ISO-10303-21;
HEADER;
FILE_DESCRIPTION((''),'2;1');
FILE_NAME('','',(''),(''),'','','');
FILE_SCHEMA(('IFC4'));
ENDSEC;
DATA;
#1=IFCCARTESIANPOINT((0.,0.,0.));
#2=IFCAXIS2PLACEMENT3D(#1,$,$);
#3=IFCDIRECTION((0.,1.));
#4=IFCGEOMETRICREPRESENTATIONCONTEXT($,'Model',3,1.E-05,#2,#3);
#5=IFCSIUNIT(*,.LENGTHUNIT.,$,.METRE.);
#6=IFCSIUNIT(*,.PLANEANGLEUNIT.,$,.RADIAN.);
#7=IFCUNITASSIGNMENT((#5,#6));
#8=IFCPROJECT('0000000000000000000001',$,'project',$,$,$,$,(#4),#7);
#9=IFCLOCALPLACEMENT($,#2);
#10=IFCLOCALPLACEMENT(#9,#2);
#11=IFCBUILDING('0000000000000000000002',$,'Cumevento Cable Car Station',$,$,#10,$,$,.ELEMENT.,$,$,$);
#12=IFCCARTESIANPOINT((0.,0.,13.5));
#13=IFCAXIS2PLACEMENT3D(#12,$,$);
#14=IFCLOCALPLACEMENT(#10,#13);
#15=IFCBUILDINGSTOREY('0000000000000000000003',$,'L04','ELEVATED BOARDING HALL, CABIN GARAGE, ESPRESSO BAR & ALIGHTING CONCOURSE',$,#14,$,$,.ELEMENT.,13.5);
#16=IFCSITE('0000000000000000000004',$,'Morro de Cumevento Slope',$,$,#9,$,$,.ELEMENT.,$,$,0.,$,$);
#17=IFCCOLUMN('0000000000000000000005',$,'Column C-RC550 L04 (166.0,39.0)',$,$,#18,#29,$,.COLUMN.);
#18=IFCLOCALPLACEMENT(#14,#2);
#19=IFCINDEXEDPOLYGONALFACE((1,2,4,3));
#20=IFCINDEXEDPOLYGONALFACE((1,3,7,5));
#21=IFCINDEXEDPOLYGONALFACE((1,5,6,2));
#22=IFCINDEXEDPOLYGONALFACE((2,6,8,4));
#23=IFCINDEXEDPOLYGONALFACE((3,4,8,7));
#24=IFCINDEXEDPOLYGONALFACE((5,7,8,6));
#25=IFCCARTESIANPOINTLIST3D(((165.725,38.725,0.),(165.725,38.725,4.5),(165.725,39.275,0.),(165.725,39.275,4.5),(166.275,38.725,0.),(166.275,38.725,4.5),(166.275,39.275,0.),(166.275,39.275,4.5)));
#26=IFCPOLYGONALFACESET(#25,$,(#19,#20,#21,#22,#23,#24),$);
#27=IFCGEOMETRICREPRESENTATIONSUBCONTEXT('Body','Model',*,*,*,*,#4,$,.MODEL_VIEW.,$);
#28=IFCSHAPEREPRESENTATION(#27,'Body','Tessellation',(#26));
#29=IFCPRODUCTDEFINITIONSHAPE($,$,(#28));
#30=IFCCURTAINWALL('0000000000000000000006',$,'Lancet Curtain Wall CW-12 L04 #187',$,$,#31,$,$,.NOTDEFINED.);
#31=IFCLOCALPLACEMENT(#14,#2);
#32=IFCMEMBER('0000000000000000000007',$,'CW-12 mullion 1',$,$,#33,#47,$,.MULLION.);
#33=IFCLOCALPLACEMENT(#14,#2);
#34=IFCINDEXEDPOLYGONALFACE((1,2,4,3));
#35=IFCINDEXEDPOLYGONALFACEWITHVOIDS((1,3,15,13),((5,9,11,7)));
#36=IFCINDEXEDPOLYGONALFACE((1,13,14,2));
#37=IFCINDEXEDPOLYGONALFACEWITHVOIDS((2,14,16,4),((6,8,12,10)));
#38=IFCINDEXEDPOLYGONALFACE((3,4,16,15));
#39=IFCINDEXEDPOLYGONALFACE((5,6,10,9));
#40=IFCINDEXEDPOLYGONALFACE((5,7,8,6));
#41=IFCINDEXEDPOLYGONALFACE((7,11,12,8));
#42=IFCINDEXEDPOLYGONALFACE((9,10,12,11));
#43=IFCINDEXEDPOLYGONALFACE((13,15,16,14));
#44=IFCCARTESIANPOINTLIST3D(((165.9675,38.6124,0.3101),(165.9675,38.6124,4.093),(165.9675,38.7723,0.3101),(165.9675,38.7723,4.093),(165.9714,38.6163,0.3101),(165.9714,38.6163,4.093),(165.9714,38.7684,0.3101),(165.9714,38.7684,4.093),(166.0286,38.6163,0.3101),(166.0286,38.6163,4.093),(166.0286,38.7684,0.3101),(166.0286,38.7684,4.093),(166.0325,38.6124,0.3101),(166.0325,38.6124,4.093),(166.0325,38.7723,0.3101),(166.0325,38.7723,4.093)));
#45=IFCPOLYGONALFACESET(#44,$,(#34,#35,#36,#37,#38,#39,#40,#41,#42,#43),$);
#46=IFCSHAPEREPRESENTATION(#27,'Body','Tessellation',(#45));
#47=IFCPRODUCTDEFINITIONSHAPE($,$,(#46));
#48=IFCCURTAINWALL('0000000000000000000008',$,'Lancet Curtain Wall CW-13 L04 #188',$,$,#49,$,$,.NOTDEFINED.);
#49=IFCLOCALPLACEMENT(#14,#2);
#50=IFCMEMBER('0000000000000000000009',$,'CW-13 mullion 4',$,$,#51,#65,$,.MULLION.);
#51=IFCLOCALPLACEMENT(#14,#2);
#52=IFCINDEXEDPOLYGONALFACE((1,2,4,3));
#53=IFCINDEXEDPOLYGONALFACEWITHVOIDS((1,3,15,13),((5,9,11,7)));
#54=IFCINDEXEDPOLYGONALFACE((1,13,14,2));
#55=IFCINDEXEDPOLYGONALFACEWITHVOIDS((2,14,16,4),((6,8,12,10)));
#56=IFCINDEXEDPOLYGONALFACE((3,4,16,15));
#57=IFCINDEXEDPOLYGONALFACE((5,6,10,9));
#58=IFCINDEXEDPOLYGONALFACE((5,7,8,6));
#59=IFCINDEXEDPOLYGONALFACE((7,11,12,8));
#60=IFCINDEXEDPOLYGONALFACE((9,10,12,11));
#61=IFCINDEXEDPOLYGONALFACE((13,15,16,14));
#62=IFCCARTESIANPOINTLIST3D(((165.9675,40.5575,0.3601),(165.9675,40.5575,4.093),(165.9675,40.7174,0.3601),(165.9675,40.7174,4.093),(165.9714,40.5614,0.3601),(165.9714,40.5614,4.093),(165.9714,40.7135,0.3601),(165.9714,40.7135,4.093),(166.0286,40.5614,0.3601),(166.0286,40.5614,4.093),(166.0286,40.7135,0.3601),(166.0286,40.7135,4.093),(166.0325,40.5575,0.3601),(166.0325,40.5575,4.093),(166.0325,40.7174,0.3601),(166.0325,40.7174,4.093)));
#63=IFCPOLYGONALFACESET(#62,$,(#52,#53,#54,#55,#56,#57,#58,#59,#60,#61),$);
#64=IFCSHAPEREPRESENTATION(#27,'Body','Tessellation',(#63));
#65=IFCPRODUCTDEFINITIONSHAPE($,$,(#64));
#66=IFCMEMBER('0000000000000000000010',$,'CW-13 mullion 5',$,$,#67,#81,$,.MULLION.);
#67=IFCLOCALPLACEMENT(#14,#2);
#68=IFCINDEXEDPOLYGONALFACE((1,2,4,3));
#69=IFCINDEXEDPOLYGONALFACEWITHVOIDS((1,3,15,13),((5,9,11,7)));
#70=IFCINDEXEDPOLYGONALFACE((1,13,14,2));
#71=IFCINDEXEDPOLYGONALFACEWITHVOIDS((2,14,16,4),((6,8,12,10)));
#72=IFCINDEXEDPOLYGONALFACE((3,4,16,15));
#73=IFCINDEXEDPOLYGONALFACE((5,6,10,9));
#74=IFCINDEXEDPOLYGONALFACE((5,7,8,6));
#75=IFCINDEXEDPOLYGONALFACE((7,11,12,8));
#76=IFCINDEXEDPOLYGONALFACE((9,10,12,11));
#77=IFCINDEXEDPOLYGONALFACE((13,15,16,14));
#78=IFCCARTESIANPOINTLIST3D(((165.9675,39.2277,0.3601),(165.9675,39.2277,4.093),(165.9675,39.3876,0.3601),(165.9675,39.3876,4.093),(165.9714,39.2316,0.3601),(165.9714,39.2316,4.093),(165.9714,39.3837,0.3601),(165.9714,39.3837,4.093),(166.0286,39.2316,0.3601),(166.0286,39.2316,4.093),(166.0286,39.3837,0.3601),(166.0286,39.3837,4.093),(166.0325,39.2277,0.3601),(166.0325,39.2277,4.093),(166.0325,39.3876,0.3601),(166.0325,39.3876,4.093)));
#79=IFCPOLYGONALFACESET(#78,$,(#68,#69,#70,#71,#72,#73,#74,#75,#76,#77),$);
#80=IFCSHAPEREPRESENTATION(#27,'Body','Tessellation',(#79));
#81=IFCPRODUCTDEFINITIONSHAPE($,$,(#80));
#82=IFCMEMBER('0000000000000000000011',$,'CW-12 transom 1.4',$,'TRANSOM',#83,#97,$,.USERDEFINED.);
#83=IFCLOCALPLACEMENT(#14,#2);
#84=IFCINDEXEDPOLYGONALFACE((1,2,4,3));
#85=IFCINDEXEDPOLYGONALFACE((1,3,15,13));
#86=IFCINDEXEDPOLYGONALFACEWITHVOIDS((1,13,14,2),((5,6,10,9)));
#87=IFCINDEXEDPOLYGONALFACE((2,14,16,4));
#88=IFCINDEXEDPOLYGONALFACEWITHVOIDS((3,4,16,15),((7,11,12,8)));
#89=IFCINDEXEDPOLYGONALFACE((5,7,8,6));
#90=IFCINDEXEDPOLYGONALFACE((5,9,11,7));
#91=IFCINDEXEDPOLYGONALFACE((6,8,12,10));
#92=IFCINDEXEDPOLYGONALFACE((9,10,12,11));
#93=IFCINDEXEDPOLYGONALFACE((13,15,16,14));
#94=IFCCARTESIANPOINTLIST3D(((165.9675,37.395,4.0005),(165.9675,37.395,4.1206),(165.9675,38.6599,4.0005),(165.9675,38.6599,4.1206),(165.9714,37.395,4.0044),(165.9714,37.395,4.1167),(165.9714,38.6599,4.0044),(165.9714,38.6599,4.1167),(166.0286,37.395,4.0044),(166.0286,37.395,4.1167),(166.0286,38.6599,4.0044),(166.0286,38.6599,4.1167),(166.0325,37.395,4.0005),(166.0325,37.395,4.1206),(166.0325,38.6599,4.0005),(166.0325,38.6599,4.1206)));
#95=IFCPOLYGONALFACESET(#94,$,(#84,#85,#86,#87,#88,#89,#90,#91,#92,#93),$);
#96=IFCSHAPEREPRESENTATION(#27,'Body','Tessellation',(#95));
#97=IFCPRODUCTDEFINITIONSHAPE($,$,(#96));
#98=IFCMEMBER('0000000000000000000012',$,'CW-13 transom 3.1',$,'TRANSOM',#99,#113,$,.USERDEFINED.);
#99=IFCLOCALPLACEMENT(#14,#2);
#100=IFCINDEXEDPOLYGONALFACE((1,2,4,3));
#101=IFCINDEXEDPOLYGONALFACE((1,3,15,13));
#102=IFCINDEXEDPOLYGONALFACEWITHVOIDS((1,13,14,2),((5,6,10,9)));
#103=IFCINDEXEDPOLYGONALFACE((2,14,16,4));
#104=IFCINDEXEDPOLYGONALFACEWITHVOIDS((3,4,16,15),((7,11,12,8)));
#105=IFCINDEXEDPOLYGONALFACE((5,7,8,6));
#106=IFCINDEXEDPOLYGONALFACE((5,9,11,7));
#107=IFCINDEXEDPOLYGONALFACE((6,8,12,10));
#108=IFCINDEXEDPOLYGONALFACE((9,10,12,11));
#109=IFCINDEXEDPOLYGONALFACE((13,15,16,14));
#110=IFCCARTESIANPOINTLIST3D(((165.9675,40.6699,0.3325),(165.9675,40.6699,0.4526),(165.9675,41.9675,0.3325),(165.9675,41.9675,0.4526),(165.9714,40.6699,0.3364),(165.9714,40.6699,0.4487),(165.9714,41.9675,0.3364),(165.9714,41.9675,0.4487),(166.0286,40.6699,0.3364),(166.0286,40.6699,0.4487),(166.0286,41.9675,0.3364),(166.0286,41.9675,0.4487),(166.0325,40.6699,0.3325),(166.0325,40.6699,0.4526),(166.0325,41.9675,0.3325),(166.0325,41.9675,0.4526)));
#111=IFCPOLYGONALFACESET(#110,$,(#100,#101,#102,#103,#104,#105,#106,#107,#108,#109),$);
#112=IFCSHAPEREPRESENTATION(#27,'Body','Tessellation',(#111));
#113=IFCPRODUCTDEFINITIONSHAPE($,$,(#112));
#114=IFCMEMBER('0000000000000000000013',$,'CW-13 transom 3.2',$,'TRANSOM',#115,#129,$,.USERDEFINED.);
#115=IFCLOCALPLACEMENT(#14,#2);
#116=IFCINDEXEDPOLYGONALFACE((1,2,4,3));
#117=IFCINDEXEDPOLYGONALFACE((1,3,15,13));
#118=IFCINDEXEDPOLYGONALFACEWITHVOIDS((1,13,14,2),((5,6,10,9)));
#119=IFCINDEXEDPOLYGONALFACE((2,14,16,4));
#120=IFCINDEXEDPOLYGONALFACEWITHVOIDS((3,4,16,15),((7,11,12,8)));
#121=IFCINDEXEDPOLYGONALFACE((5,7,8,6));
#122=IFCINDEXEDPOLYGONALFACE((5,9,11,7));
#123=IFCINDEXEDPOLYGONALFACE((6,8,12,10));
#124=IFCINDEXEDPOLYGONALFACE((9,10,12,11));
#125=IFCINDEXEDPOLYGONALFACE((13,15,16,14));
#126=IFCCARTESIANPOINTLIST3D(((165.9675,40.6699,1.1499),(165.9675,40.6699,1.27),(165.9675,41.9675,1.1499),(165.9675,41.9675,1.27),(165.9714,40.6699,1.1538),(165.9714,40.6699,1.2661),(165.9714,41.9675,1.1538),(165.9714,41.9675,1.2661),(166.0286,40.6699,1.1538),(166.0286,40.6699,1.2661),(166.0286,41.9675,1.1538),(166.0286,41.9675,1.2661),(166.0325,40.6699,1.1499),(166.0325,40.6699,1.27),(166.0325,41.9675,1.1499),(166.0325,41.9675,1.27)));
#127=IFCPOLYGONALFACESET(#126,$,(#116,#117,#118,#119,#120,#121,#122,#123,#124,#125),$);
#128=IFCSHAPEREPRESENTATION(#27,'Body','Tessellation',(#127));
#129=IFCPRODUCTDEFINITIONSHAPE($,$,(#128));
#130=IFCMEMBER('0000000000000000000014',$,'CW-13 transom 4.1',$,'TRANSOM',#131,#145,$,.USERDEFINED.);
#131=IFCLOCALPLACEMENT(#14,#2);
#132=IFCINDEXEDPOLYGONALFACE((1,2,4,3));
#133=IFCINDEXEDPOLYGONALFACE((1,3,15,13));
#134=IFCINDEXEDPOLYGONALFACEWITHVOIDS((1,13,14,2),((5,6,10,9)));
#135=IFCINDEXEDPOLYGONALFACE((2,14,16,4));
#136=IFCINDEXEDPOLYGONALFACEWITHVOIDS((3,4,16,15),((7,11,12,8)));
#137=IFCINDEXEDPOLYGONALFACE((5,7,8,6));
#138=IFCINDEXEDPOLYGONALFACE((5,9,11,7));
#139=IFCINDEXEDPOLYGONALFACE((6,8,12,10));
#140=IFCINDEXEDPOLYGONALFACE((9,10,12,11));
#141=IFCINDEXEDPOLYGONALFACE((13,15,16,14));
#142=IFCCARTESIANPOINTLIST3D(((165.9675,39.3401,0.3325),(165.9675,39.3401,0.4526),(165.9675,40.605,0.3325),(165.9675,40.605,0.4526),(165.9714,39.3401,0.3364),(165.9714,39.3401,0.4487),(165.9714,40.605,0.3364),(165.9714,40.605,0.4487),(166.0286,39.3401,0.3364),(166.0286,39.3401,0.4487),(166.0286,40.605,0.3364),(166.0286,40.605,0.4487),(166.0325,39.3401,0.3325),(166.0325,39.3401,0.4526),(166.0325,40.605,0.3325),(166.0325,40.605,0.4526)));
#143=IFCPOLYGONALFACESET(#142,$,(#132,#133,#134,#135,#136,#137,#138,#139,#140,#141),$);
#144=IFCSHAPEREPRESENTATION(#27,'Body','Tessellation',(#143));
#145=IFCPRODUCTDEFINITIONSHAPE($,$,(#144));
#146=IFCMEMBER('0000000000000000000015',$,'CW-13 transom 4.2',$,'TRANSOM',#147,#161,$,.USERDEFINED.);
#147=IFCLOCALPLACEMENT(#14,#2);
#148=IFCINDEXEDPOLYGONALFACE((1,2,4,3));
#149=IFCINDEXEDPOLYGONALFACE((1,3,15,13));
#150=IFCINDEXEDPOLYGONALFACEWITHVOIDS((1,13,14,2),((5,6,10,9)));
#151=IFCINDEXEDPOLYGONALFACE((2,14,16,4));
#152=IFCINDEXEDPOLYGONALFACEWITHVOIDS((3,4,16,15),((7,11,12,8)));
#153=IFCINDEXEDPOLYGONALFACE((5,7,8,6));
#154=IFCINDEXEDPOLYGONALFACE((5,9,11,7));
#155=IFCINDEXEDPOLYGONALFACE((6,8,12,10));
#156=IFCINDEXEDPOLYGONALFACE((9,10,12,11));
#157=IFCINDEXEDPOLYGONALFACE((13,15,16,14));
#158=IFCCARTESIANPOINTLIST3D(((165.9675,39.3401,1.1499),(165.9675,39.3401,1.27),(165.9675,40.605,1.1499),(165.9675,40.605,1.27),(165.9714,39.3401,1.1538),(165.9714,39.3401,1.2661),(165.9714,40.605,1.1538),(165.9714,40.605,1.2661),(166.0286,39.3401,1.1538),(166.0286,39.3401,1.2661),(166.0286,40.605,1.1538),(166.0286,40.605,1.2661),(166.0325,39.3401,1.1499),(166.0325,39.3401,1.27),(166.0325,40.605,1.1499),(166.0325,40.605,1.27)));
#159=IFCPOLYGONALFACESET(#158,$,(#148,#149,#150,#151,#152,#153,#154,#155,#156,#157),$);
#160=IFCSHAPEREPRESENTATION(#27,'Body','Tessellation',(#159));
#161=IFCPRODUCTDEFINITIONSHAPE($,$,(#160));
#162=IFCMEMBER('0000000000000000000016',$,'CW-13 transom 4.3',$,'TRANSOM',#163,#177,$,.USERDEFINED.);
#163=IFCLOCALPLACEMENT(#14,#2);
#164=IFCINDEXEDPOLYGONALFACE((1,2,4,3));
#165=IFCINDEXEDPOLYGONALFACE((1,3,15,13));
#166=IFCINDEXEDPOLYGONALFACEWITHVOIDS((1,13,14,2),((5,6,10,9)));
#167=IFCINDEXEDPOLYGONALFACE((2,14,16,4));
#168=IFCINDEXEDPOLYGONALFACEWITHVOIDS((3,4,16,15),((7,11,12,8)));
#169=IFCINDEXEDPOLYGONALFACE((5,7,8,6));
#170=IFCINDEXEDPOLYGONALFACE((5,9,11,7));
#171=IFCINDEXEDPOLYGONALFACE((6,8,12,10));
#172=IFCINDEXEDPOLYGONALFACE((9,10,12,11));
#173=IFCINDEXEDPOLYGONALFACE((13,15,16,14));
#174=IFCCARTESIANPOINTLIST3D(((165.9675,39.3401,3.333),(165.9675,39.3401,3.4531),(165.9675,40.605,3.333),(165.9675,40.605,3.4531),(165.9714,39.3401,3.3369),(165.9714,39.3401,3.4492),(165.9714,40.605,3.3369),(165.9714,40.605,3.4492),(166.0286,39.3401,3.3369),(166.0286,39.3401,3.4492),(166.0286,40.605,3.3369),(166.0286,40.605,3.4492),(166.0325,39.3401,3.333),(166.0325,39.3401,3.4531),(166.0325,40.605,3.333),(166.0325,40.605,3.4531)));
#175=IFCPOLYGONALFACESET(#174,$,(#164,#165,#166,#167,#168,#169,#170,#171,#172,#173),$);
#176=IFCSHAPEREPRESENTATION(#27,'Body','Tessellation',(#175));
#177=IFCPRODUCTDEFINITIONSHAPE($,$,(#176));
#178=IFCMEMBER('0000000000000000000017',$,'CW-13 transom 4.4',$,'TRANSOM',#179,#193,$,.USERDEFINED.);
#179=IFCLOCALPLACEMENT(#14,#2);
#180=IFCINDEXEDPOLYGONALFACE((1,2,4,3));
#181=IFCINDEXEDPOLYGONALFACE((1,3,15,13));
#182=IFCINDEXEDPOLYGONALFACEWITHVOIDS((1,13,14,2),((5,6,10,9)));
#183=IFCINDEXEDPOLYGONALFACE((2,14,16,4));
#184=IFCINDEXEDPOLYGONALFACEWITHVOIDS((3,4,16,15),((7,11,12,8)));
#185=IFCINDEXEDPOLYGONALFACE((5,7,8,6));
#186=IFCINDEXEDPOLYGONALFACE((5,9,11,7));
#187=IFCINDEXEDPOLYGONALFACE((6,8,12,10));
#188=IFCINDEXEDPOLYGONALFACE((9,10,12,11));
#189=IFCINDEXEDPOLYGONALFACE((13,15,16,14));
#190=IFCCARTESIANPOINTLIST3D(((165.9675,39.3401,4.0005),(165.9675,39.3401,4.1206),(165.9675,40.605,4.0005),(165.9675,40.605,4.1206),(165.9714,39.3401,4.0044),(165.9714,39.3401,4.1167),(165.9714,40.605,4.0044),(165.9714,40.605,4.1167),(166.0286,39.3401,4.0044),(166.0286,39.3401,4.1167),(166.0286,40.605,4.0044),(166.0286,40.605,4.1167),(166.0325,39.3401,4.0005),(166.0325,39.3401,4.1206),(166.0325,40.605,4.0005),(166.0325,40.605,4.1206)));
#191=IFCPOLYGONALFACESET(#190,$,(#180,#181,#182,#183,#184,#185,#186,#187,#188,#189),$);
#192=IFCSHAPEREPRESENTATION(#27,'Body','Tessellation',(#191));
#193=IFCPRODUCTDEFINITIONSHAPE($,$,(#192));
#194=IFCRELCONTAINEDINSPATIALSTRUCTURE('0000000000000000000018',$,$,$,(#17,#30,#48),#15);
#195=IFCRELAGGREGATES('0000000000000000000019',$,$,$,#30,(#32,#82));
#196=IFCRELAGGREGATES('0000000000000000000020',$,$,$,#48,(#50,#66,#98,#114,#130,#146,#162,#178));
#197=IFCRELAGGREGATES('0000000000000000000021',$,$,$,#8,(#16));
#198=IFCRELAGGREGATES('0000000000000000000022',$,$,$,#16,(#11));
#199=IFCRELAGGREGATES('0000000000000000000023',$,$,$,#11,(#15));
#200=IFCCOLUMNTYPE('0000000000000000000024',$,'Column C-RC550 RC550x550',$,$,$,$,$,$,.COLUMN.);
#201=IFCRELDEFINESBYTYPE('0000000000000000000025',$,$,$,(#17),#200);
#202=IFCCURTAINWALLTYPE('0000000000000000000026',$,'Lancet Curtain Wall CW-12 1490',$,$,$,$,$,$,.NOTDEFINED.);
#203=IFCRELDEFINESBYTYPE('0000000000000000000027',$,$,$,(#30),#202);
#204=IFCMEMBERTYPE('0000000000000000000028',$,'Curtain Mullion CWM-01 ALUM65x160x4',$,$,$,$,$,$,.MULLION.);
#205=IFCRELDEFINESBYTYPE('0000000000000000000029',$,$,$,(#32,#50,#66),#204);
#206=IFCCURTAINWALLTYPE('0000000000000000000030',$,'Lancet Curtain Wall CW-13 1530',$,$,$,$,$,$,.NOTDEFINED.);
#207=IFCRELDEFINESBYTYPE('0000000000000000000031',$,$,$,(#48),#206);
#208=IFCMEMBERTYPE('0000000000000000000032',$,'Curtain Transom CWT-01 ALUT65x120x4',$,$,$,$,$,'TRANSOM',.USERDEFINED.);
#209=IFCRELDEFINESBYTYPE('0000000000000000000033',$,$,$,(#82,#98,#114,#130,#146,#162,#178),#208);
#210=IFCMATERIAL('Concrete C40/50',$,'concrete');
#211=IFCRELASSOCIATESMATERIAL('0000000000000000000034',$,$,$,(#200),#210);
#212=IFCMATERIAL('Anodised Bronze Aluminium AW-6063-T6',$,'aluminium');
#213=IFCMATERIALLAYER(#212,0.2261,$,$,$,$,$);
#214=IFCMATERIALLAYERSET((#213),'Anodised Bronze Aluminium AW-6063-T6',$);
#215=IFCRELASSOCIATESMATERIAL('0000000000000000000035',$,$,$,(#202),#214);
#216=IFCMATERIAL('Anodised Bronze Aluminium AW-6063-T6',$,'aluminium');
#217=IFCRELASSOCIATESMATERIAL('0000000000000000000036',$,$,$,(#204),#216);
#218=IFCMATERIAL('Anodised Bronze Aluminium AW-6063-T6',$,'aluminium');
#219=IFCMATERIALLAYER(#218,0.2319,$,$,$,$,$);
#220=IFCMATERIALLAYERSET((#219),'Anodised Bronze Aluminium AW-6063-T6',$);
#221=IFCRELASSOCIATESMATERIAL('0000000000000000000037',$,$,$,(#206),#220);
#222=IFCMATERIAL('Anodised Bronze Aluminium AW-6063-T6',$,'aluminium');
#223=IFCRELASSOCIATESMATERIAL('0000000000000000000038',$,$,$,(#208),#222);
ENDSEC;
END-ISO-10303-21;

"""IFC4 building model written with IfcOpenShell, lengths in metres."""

from ifc_helpers import new_model, si_unit, direction, frame, origin, origin_2d, place, context, subcontext, project, spatial, rectangle, hollow_rectangle, extrude, material, layer, layer_set, material_profile, profile_set, type_object, element, aggregate, save


model = new_model("IFC4")

# Units and contexts
model_context = context("Model", 3, precision=1e-05, world=origin(), true_north=direction((0.0, 1.0)))
body_context = subcontext(model_context, "Body", "Model", "MODEL_VIEW")
ifc_project = project(units=[si_unit("LENGTHUNIT", "METRE"), si_unit("PLANEANGLEUNIT", "RADIAN")], contexts=[model_context])

# Site, building, storey
site_placement = place(None, origin())
site = spatial("IfcSite", under=ifc_project, at=site_placement, Name="Morro de Cumevento Slope", CompositionType="ELEMENT", RefElevation=0.0)
building_placement = place(site_placement, origin())
building = spatial("IfcBuilding", under=site, at=building_placement, Name="Cumevento Cable Car Station", CompositionType="ELEMENT")
storey_placement = place(building_placement, frame((0.0, 0.0, 13.5)))
storey = spatial("IfcBuildingStorey", under=building, at=storey_placement, Name="L04", Description="ELEVATED BOARDING HALL, CABIN GARAGE, ESPRESSO BAR & ALIGHTING CONCOURSE", CompositionType="ELEMENT", Elevation=13.5)

# Column
ifc_material_1 = material(Name="Concrete C40/50", Category="concrete")
ifc_material_profile_1 = material_profile(ifc_material_1, rectangle(XDim=0.55, YDim=0.55, at=origin_2d()), Name="RC550x550")
ifc_profile_set_1 = profile_set([ifc_material_profile_1], Name="Concrete C40/50")
column_type = type_object("IfcColumnType", Name="Column C-RC550 RC550x550", PredefinedType="COLUMN", material=ifc_profile_set_1)
column_placement = place(storey_placement, frame((166.0, 39.0, 0.0), z_axis=(0.0, 0.0, 1.0), x_axis=(1.0, 0.0, 0.0)))
element("IfcColumn", 1, at=column_placement, inside=storey, type_object=column_type, Name="Column C-RC550 L04 (166.0,39.0)", PredefinedType="COLUMN", context=body_context, shape_type="SweptSolid", body=[
    extrude(rectangle(XDim=0.55, YDim=0.55, at=origin_2d()), origin(), (0.0, 0.0, 1.0), 4.5),
])

# Curtain wall, member
ifc_material_2 = material(Name="Anodised Bronze Aluminium AW-6063-T6", Category="aluminium")
ifc_layer_1 = layer(ifc_material_2, 0.2261)
ifc_layer_set_1 = layer_set([ifc_layer_1], Name="Anodised Bronze Aluminium AW-6063-T6")
curtain_wall_type_1 = type_object("IfcCurtainWallType", Name="Lancet Curtain Wall CW-12 1490", PredefinedType="NOTDEFINED", material=ifc_layer_set_1)
curtain_wall_1_placement = place(storey_placement, origin())
curtain_wall_1 = element("IfcCurtainWall", 2, at=curtain_wall_1_placement, inside=storey, type_object=curtain_wall_type_1, Name="Lancet Curtain Wall CW-12 L04 #187", PredefinedType="NOTDEFINED")
ifc_material_3 = material(Name="Anodised Bronze Aluminium AW-6063-T6", Category="aluminium")
ifc_material_profile_2 = material_profile(ifc_material_3, hollow_rectangle(XDim=0.0649, YDim=0.1599, WallThickness=0.0039, at=origin_2d()), Name="ALUM65x160x4")
ifc_profile_set_2 = profile_set([ifc_material_profile_2], Name="Anodised Bronze Aluminium AW-6063-T6")
member_type_1 = type_object("IfcMemberType", Name="Curtain Mullion CWM-01 ALUM65x160x4", PredefinedType="MULLION", material=ifc_profile_set_2)
member_1_placement = place(storey_placement, frame((166.0, 38.6924, 0.3101), z_axis=(0.0, 0.0, 1.0), x_axis=(1.0, 0.0, 0.0)))
member_1 = element("IfcMember", 3, at=member_1_placement, type_object=member_type_1, Name="CW-12 mullion 1", PredefinedType="MULLION", context=body_context, shape_type="SweptSolid", body=[
    extrude(hollow_rectangle(XDim=0.0649, YDim=0.1599, WallThickness=0.0039, at=origin_2d()), origin(), (0.0, 0.0, 1.0), 3.783),
])

# Curtain wall, members
ifc_material_4 = material(Name="Anodised Bronze Aluminium AW-6063-T6", Category="aluminium")
ifc_layer_2 = layer(ifc_material_4, 0.2319)
ifc_layer_set_2 = layer_set([ifc_layer_2], Name="Anodised Bronze Aluminium AW-6063-T6")
curtain_wall_type_2 = type_object("IfcCurtainWallType", Name="Lancet Curtain Wall CW-13 1530", PredefinedType="NOTDEFINED", material=ifc_layer_set_2)
curtain_wall_2_placement = place(storey_placement, origin())
curtain_wall_2 = element("IfcCurtainWall", 4, at=curtain_wall_2_placement, inside=storey, type_object=curtain_wall_type_2, Name="Lancet Curtain Wall CW-13 L04 #188", PredefinedType="NOTDEFINED")
member_2_placement = place(storey_placement, frame((166.0, 40.6375, 0.3601), z_axis=(0.0, 0.0, 1.0), x_axis=(1.0, 0.0, 0.0)))
member_2 = element("IfcMember", 5, at=member_2_placement, type_object=member_type_1, Name="CW-13 mullion 4", PredefinedType="MULLION", context=body_context, shape_type="SweptSolid", body=[
    extrude(hollow_rectangle(XDim=0.0649, YDim=0.1599, WallThickness=0.0039, at=origin_2d()), origin(), (0.0, 0.0, 1.0), 3.7329),
])
member_3_placement = place(storey_placement, frame((166.0, 39.3076, 0.3601), z_axis=(0.0, 0.0, 1.0), x_axis=(1.0, 0.0, 0.0)))
member_3 = element("IfcMember", 6, at=member_3_placement, type_object=member_type_1, Name="CW-13 mullion 5", PredefinedType="MULLION", context=body_context, shape_type="SweptSolid", body=[
    extrude(hollow_rectangle(XDim=0.0649, YDim=0.1599, WallThickness=0.0039, at=origin_2d()), origin(), (0.0, 0.0, 1.0), 3.7329),
])

# Members
ifc_material_5 = material(Name="Anodised Bronze Aluminium AW-6063-T6", Category="aluminium")
ifc_material_profile_3 = material_profile(ifc_material_5, hollow_rectangle(XDim=0.0649, YDim=0.1201, WallThickness=0.0039, at=origin_2d()), Name="ALUT65x120x4")
ifc_profile_set_3 = profile_set([ifc_material_profile_3], Name="Anodised Bronze Aluminium AW-6063-T6")
member_type_2 = type_object("IfcMemberType", Name="Curtain Transom CWT-01 ALUT65x120x4", ElementType="TRANSOM", PredefinedType="USERDEFINED", material=ifc_profile_set_3)
member_4_placement = place(storey_placement, frame((166.0, 38.6599, 4.0605), z_axis=(0.0, -1.0, 0.0), x_axis=(1.0, 0.0, 0.0)))
member_4 = element("IfcMember", 7, at=member_4_placement, type_object=member_type_2, Name="CW-12 transom 1.4", ObjectType="TRANSOM", PredefinedType="USERDEFINED", context=body_context, shape_type="SweptSolid", body=[
    extrude(hollow_rectangle(XDim=0.0649, YDim=0.1201, WallThickness=0.0039, at=origin_2d()), origin(), (0.0, 0.0, 1.0), 1.2649),
])
aggregate(curtain_wall_1, [member_1, member_4])
member_5_placement = place(storey_placement, frame((166.0, 41.9675, 0.3926), z_axis=(0.0, -1.0, 0.0), x_axis=(1.0, 0.0, 0.0)))
member_5 = element("IfcMember", 8, at=member_5_placement, type_object=member_type_2, Name="CW-13 transom 3.1", ObjectType="TRANSOM", PredefinedType="USERDEFINED", context=body_context, shape_type="SweptSolid", body=[
    extrude(hollow_rectangle(XDim=0.0649, YDim=0.1201, WallThickness=0.0039, at=origin_2d()), origin(), (0.0, 0.0, 1.0), 1.2976),
])
member_6_placement = place(storey_placement, frame((166.0, 41.9675, 1.21), z_axis=(0.0, -1.0, 0.0), x_axis=(1.0, 0.0, 0.0)))
member_6 = element("IfcMember", 9, at=member_6_placement, type_object=member_type_2, Name="CW-13 transom 3.2", ObjectType="TRANSOM", PredefinedType="USERDEFINED", context=body_context, shape_type="SweptSolid", body=[
    extrude(hollow_rectangle(XDim=0.0649, YDim=0.1201, WallThickness=0.0039, at=origin_2d()), origin(), (0.0, 0.0, 1.0), 1.2976),
])
member_7_placement = place(storey_placement, frame((166.0, 40.605, 0.3926), z_axis=(0.0, -1.0, 0.0), x_axis=(1.0, 0.0, 0.0)))
member_7 = element("IfcMember", 10, at=member_7_placement, type_object=member_type_2, Name="CW-13 transom 4.1", ObjectType="TRANSOM", PredefinedType="USERDEFINED", context=body_context, shape_type="SweptSolid", body=[
    extrude(hollow_rectangle(XDim=0.0649, YDim=0.1201, WallThickness=0.0039, at=origin_2d()), origin(), (0.0, 0.0, 1.0), 1.2649),
])
member_8_placement = place(storey_placement, frame((166.0, 40.605, 1.21), z_axis=(0.0, -1.0, 0.0), x_axis=(1.0, 0.0, 0.0)))
member_8 = element("IfcMember", 11, at=member_8_placement, type_object=member_type_2, Name="CW-13 transom 4.2", ObjectType="TRANSOM", PredefinedType="USERDEFINED", context=body_context, shape_type="SweptSolid", body=[
    extrude(hollow_rectangle(XDim=0.0649, YDim=0.1201, WallThickness=0.0039, at=origin_2d()), origin(), (0.0, 0.0, 1.0), 1.2649),
])
member_9_placement = place(storey_placement, frame((166.0, 40.605, 3.3931), z_axis=(0.0, -1.0, 0.0), x_axis=(1.0, 0.0, 0.0)))
member_9 = element("IfcMember", 12, at=member_9_placement, type_object=member_type_2, Name="CW-13 transom 4.3", ObjectType="TRANSOM", PredefinedType="USERDEFINED", context=body_context, shape_type="SweptSolid", body=[
    extrude(hollow_rectangle(XDim=0.0649, YDim=0.1201, WallThickness=0.0039, at=origin_2d()), origin(), (0.0, 0.0, 1.0), 1.2649),
])
member_10_placement = place(storey_placement, frame((166.0, 40.605, 4.0605), z_axis=(0.0, -1.0, 0.0), x_axis=(1.0, 0.0, 0.0)))
member_10 = element("IfcMember", 13, at=member_10_placement, type_object=member_type_2, Name="CW-13 transom 4.4", ObjectType="TRANSOM", PredefinedType="USERDEFINED", context=body_context, shape_type="SweptSolid", body=[
    extrude(hollow_rectangle(XDim=0.0649, YDim=0.1201, WallThickness=0.0039, at=origin_2d()), origin(), (0.0, 0.0, 1.0), 1.2649),
])

aggregate(curtain_wall_2, [member_2, member_3, member_5, member_6, member_7, member_8, member_9, member_10])

save(model, "model.ifc")
